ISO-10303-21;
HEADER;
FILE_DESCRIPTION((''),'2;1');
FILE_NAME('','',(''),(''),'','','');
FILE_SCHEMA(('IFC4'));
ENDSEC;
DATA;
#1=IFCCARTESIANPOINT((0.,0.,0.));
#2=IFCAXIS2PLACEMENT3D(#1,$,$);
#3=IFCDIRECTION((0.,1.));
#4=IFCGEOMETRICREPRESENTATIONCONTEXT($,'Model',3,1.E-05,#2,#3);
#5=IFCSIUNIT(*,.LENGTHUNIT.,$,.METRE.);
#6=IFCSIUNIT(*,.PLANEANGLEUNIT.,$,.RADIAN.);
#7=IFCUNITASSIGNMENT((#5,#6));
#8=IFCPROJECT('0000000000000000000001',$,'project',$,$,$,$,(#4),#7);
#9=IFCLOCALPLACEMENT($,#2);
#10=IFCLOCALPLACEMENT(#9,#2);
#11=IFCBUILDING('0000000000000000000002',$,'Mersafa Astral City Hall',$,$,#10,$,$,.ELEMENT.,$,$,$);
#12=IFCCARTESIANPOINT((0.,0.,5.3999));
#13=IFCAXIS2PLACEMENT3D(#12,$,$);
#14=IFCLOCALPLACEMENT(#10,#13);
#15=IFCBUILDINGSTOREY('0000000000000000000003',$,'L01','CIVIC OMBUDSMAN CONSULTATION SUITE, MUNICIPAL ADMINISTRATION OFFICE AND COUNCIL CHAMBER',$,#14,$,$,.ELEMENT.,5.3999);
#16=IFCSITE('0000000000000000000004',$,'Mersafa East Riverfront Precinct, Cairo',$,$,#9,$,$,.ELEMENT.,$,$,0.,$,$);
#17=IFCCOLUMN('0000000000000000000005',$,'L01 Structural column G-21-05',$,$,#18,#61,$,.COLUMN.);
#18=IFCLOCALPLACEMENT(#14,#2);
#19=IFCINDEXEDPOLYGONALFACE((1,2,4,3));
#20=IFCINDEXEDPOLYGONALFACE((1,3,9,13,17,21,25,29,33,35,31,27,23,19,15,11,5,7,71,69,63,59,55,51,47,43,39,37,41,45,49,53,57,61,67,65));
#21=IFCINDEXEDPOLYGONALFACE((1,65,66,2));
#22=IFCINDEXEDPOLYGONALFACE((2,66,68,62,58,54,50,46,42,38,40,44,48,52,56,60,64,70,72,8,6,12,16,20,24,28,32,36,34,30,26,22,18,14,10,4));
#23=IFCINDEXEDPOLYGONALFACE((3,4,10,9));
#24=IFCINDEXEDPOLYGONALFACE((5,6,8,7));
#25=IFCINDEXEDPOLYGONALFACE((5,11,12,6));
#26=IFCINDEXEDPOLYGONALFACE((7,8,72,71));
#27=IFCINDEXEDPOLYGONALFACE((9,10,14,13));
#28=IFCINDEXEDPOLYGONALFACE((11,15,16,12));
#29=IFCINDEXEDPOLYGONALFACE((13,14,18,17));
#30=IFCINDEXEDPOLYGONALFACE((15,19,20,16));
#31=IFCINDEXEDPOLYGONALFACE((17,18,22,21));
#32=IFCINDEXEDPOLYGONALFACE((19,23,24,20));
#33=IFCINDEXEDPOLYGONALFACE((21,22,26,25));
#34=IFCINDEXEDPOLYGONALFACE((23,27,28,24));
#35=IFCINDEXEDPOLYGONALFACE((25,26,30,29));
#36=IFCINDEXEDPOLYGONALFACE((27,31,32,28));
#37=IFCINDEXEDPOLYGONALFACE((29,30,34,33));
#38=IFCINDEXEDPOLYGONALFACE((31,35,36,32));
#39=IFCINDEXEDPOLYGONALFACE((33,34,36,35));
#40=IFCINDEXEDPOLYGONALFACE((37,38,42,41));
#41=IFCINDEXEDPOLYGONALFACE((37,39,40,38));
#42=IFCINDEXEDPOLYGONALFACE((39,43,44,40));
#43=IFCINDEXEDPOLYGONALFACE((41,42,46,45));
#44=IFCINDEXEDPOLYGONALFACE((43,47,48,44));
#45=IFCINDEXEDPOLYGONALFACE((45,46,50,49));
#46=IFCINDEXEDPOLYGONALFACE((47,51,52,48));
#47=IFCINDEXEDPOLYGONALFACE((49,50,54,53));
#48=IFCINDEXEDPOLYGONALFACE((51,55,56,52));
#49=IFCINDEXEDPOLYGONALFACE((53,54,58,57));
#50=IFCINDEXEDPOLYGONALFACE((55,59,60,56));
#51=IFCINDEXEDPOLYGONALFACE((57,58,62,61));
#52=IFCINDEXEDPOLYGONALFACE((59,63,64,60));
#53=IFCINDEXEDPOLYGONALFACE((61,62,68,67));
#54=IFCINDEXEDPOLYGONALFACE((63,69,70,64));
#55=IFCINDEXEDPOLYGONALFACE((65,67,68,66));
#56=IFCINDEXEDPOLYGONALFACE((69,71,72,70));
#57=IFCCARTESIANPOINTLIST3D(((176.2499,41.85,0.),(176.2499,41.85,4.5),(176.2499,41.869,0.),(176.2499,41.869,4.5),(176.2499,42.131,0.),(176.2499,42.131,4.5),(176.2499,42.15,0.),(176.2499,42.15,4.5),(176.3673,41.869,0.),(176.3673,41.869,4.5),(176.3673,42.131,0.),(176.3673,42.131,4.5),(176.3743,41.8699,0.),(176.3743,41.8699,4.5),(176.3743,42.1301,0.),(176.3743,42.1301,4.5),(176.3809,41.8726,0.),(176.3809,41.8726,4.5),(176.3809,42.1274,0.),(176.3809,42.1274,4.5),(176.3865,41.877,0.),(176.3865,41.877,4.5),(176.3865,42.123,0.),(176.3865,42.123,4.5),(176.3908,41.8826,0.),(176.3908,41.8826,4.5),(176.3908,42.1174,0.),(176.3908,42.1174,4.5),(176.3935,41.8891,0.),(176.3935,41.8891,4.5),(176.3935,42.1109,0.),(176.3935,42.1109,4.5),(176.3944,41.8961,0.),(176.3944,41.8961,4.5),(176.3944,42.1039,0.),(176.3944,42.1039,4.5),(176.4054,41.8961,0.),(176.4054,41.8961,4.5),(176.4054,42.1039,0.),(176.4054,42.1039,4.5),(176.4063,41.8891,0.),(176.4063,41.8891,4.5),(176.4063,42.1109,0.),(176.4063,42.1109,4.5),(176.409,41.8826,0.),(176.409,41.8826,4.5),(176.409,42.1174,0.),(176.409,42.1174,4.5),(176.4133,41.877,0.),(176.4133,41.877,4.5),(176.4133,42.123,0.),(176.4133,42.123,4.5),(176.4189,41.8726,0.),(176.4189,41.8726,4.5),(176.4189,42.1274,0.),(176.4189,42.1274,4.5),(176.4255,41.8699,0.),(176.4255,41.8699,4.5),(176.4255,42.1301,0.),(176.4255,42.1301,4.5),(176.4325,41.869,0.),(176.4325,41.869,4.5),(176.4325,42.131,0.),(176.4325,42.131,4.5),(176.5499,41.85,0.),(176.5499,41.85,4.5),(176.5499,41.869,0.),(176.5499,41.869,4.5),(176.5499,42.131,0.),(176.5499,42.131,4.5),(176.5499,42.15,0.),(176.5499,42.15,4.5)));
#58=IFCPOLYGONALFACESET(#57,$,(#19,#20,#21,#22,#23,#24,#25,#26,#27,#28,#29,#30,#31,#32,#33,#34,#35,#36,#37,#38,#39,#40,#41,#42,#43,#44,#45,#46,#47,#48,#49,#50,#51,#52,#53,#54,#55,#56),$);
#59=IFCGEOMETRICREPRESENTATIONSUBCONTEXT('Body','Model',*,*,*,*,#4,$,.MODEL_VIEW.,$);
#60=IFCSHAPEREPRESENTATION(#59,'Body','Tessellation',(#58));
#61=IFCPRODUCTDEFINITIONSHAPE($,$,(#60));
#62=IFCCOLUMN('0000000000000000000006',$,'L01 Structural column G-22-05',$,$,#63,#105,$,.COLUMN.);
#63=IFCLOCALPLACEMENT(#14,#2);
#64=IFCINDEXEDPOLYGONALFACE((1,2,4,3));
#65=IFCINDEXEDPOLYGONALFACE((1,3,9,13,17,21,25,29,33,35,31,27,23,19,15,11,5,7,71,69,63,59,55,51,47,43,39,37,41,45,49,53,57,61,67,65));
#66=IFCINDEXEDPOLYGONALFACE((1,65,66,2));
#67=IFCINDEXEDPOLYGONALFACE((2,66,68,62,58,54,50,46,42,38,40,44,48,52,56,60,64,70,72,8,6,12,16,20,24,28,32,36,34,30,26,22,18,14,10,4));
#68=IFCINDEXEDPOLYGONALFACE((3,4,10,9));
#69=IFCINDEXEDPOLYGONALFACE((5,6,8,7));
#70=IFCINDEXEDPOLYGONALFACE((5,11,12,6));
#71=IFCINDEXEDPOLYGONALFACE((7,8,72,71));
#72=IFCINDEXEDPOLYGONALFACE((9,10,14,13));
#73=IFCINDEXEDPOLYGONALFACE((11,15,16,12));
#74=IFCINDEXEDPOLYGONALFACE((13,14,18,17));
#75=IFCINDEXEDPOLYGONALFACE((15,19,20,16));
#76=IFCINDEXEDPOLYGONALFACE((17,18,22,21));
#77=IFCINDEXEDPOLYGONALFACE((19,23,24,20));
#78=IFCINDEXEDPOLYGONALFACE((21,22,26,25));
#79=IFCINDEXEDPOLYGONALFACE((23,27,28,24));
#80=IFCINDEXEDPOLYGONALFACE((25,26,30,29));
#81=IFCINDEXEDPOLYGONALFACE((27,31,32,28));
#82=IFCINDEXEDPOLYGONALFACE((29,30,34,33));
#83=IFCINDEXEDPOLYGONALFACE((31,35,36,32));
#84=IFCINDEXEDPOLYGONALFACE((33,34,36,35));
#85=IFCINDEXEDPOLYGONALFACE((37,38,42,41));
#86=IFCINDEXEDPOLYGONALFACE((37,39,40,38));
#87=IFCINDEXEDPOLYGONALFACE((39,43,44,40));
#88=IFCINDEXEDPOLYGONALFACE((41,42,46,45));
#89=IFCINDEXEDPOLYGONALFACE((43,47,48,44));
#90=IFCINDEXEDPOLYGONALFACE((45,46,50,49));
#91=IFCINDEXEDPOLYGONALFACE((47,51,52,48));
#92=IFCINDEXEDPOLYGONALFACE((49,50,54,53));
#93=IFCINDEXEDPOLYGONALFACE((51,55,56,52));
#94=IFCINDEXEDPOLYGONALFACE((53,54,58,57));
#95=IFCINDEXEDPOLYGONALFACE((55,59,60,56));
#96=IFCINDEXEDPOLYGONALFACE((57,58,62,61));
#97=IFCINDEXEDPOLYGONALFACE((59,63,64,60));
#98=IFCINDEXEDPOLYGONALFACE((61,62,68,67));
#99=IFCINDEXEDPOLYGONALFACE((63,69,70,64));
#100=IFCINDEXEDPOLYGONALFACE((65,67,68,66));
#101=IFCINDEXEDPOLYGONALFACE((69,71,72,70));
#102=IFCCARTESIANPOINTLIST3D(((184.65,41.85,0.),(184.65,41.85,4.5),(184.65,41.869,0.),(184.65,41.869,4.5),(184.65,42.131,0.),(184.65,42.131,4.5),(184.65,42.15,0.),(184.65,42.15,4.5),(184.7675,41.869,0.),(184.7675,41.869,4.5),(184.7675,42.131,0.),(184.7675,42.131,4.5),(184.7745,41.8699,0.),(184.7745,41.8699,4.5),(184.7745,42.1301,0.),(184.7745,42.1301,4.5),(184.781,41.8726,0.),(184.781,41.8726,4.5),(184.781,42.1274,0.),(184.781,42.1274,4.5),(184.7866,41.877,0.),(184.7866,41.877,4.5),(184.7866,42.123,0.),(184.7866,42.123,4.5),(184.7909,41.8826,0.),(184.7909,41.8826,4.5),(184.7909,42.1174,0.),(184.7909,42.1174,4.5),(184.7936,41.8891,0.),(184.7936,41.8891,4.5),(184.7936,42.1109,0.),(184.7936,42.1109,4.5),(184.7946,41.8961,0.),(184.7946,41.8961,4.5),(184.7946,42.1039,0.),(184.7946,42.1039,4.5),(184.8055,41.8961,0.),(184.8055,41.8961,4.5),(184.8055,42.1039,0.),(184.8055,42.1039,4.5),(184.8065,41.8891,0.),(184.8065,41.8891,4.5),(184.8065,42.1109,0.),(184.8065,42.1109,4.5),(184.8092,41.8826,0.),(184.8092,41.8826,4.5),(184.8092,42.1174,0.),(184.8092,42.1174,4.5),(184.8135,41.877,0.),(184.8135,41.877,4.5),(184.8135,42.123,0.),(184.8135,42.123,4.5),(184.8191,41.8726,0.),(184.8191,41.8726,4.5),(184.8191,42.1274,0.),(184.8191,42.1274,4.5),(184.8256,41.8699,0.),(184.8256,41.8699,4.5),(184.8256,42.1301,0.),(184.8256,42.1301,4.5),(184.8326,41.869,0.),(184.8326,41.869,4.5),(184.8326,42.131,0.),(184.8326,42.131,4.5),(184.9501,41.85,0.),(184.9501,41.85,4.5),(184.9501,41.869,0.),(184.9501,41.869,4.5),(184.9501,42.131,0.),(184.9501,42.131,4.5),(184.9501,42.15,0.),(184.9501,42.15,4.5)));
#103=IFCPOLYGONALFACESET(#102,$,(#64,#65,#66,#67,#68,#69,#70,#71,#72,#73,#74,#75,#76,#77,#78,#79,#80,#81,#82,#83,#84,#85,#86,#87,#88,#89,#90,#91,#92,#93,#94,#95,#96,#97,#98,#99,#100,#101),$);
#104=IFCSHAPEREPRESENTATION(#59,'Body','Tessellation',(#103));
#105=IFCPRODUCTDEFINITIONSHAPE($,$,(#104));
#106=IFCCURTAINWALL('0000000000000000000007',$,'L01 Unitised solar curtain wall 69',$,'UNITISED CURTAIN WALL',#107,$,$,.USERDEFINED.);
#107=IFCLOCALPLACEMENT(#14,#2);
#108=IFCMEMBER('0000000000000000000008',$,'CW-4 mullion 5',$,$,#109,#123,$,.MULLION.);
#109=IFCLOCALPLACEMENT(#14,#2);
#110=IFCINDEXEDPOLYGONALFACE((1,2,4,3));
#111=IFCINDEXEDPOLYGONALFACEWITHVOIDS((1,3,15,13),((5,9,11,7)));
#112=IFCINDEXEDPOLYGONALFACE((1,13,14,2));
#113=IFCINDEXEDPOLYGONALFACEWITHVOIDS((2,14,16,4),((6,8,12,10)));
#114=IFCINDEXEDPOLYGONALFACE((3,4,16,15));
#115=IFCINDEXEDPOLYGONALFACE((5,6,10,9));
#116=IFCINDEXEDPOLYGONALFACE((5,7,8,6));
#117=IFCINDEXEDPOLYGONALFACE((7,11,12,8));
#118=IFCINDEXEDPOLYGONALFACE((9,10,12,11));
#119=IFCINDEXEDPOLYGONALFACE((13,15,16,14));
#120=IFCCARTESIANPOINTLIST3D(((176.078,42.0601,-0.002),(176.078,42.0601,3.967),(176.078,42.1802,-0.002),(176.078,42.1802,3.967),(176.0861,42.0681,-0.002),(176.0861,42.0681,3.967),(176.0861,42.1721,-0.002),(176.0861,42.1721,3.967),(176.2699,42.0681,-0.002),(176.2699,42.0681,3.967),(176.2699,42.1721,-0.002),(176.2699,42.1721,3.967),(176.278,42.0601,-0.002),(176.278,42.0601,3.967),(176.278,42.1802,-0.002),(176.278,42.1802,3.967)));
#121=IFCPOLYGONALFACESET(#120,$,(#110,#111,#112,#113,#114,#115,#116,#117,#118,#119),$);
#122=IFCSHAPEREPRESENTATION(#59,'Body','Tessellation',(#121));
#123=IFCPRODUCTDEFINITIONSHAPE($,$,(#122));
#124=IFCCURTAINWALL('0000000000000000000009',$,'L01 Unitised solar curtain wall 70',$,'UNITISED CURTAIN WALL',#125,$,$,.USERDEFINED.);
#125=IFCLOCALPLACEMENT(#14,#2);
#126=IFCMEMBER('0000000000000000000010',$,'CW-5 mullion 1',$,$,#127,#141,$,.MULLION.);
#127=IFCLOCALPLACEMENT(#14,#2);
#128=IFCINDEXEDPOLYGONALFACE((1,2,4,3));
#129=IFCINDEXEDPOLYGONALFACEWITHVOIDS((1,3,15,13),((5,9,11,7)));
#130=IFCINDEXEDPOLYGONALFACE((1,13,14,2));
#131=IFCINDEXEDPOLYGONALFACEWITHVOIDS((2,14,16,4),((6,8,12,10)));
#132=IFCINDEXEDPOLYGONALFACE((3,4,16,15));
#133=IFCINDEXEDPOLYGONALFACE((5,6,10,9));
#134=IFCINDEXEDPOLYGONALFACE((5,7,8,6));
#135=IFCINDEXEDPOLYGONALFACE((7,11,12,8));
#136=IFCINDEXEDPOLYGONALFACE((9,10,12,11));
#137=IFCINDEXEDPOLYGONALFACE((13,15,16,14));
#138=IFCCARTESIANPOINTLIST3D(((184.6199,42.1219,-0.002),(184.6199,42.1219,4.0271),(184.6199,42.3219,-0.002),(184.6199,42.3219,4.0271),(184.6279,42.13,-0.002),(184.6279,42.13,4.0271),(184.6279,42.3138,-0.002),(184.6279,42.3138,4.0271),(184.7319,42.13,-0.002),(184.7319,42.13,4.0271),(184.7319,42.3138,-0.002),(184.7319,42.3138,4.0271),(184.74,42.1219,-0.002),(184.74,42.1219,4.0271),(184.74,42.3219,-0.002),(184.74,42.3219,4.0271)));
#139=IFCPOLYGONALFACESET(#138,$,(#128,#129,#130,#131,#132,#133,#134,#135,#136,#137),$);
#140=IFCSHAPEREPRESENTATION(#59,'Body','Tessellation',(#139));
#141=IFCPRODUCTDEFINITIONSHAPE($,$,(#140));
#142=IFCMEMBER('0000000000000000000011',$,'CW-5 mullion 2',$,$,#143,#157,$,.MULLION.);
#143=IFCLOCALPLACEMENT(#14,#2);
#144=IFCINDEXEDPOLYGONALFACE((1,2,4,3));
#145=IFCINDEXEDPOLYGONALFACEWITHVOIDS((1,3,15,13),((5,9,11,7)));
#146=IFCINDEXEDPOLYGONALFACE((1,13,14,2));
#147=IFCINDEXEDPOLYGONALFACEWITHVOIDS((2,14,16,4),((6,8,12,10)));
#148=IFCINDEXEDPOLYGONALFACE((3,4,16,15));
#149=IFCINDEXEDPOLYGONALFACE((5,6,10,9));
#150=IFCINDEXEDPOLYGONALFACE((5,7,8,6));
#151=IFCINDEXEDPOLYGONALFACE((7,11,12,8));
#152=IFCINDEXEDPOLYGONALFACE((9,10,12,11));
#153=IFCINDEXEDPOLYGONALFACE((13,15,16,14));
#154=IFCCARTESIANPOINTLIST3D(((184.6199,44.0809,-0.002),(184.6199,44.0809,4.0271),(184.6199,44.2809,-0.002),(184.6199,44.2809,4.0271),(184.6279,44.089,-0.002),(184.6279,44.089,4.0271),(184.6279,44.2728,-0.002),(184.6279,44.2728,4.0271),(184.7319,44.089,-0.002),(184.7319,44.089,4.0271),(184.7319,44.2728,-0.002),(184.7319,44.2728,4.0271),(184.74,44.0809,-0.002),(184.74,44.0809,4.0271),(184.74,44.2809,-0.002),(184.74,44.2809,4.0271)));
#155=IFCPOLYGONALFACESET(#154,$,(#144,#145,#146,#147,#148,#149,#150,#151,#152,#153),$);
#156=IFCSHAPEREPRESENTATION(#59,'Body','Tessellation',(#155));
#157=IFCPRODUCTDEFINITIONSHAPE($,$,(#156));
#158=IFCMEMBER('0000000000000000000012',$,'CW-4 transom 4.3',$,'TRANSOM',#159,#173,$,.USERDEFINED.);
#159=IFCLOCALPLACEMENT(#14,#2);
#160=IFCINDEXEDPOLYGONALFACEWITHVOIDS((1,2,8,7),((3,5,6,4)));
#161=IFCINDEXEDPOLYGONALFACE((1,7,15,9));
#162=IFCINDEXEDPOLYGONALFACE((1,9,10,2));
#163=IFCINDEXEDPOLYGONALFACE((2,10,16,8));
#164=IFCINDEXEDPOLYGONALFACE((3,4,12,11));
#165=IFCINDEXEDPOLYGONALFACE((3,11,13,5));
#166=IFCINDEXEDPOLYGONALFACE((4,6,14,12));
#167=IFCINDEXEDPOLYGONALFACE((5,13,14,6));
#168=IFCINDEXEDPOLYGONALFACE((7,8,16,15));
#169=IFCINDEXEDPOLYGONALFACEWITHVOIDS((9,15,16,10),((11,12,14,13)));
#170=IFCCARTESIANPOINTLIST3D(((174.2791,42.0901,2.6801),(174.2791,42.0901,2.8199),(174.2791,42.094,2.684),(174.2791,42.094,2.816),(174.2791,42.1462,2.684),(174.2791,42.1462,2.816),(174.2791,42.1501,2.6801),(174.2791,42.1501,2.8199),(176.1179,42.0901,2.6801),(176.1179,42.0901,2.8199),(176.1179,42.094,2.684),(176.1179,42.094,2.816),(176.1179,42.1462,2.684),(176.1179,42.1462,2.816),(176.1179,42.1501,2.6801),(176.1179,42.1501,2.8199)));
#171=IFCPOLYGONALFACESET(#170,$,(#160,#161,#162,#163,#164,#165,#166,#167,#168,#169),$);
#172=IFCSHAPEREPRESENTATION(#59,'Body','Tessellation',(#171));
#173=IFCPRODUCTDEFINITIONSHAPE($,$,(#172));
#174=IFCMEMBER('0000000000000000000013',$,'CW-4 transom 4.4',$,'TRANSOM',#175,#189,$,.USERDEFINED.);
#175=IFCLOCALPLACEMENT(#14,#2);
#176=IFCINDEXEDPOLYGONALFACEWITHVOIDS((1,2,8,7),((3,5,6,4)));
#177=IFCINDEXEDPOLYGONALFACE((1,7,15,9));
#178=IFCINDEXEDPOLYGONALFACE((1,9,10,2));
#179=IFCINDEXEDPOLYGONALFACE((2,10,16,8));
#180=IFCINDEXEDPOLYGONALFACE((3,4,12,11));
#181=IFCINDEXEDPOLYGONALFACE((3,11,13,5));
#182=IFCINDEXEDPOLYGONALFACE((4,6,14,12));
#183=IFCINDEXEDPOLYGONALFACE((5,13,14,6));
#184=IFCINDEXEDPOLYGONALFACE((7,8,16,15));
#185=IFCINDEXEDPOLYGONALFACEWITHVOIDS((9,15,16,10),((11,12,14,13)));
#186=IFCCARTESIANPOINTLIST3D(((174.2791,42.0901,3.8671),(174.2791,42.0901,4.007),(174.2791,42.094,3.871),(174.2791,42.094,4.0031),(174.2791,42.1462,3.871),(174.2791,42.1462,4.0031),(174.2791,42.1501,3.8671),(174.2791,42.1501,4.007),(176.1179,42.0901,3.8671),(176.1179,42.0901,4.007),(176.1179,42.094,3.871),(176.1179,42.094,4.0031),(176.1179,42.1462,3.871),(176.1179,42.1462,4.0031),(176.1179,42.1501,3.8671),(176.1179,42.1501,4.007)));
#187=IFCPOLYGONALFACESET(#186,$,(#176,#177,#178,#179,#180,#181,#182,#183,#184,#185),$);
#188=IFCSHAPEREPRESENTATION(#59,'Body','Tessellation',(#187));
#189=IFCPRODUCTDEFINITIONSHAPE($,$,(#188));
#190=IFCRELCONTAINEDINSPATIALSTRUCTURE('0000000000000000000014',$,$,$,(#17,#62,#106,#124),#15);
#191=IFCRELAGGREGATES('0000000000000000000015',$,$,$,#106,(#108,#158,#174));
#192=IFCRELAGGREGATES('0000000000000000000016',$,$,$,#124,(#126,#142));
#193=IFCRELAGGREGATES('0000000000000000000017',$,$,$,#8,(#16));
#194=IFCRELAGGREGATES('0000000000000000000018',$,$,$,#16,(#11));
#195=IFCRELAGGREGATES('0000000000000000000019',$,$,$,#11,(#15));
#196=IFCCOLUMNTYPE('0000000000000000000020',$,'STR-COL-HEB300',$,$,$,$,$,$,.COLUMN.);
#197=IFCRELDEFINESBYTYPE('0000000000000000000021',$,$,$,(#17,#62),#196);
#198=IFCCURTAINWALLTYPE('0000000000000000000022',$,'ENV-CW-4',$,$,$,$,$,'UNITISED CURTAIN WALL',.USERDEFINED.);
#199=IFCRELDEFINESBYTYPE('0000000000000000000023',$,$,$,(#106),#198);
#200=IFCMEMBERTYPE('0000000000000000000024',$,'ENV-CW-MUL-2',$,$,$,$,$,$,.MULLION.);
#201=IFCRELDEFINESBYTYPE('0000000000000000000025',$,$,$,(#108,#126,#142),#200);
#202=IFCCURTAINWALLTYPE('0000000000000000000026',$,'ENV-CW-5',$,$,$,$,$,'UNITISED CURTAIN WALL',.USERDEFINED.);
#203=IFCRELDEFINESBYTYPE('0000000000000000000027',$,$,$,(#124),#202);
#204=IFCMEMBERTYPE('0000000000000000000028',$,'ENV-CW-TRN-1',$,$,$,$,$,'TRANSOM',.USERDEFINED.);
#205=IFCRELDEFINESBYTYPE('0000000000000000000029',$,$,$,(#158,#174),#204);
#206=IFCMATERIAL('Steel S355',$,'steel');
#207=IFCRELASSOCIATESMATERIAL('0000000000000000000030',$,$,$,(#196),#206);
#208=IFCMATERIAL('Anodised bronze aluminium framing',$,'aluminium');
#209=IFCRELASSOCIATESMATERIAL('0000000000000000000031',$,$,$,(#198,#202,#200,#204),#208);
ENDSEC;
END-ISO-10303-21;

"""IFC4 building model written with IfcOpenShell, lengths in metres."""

from ifc_helpers import new_model, si_unit, direction, frame, origin, origin_2d, place, context, subcontext, project, spatial, hollow_rectangle, i_section, extrude, material, material_profile, profile_set, type_object, element, aggregate, save


model = new_model("IFC4")

# Units and contexts
model_context = context("Model", 3, precision=1e-05, world=origin(), true_north=direction((0.0, 1.0)))
body_context = subcontext(model_context, "Body", "Model", "MODEL_VIEW")
ifc_project = project(units=[si_unit("LENGTHUNIT", "METRE"), si_unit("PLANEANGLEUNIT", "RADIAN")], contexts=[model_context])

# Site, building, storey
site_placement = place(None, origin())
site = spatial("IfcSite", under=ifc_project, at=site_placement, Name="Mersafa East Riverfront Precinct, Cairo", CompositionType="ELEMENT", RefElevation=0.0)
building_placement = place(site_placement, origin())
building = spatial("IfcBuilding", under=site, at=building_placement, Name="Mersafa Astral City Hall", CompositionType="ELEMENT")
storey_placement = place(building_placement, frame((0.0, 0.0, 5.3999)))
storey = spatial("IfcBuildingStorey", under=building, at=storey_placement, Name="L01", Description="CIVIC OMBUDSMAN CONSULTATION SUITE, MUNICIPAL ADMINISTRATION OFFICE AND COUNCIL CHAMBER", CompositionType="ELEMENT", Elevation=5.3999)

# Columns
ifc_material_1 = material(Name="Steel S355", Category="steel")
ifc_material_profile_1 = material_profile(ifc_material_1, i_section(OverallWidth=0.3, OverallDepth=0.3, WebThickness=0.011, FlangeThickness=0.019, FilletRadius=0.0271, at=origin_2d()), Name="HEB 300")
ifc_profile_set_1 = profile_set([ifc_material_profile_1], Name="Steel S355")
column_type = type_object("IfcColumnType", Name="STR-COL-HEB300", PredefinedType="COLUMN", material=ifc_profile_set_1)
for number, where, z_axis, x_axis, name in (
    (1, (176.3999, 42.0, 0.0), (0.0, 0.0, 1.0), (1.0, 0.0, 0.0), "L01 Structural column G-21-05"),
    (2, (184.8, 42.0, 0.0), (0.0, 0.0, 1.0), (1.0, 0.0, 0.0), "L01 Structural column G-22-05"),
):
    element("IfcColumn", number, at=place(storey_placement, frame(where, z_axis=z_axis, x_axis=x_axis)), inside=storey, type_object=column_type, Name=name, PredefinedType="COLUMN", context=body_context, shape_type="SweptSolid", body=[
        extrude(i_section(OverallWidth=0.3, OverallDepth=0.3, WebThickness=0.011, FlangeThickness=0.019, FilletRadius=0.0271, at=origin_2d()), origin(), (0.0, 0.0, 1.0), 4.5),
    ])

# Curtain wall, member
ifc_material_2 = material(Name="Anodised bronze aluminium framing", Category="aluminium")
curtain_wall_type_1 = type_object("IfcCurtainWallType", Name="ENV-CW-4", ElementType="UNITISED CURTAIN WALL", PredefinedType="USERDEFINED", material=ifc_material_2)
curtain_wall_1_placement = place(storey_placement, origin())
curtain_wall_1 = element("IfcCurtainWall", 3, at=curtain_wall_1_placement, inside=storey, type_object=curtain_wall_type_1, Name="L01 Unitised solar curtain wall 69", ObjectType="UNITISED CURTAIN WALL", PredefinedType="USERDEFINED")
ifc_material_profile_2 = material_profile(ifc_material_2, hollow_rectangle(XDim=0.1201, YDim=0.2, WallThickness=0.0081, at=origin_2d()), Name="RHS 120x200x8")
ifc_profile_set_2 = profile_set([ifc_material_profile_2], Name="Anodised bronze aluminium framing")
member_type_1 = type_object("IfcMemberType", Name="ENV-CW-MUL-2", PredefinedType="MULLION", material=ifc_profile_set_2)
member_1_placement = place(storey_placement, frame((176.178, 42.1201, -0.002), z_axis=(0.0, 0.0, 1.0), x_axis=(0.0, 1.0, 0.0)))
member_1 = element("IfcMember", 4, at=member_1_placement, type_object=member_type_1, Name="CW-4 mullion 5", PredefinedType="MULLION", context=body_context, shape_type="SweptSolid", body=[
    extrude(hollow_rectangle(XDim=0.1201, YDim=0.2, WallThickness=0.0081, at=origin_2d()), origin(), (0.0, 0.0, 1.0), 3.969),
])

# Curtain wall, members
curtain_wall_type_2 = type_object("IfcCurtainWallType", Name="ENV-CW-5", ElementType="UNITISED CURTAIN WALL", PredefinedType="USERDEFINED", material=ifc_material_2)
curtain_wall_2_placement = place(storey_placement, origin())
curtain_wall_2 = element("IfcCurtainWall", 5, at=curtain_wall_2_placement, inside=storey, type_object=curtain_wall_type_2, Name="L01 Unitised solar curtain wall 70", ObjectType="UNITISED CURTAIN WALL", PredefinedType="USERDEFINED")
member_2_placement = place(storey_placement, frame((184.6799, 42.2219, -0.002), z_axis=(0.0, 0.0, 1.0), x_axis=(-1.0, 0.0, 0.0)))
member_2 = element("IfcMember", 6, at=member_2_placement, type_object=member_type_1, Name="CW-5 mullion 1", PredefinedType="MULLION", context=body_context, shape_type="SweptSolid", body=[
    extrude(hollow_rectangle(XDim=0.1201, YDim=0.2, WallThickness=0.0081, at=origin_2d()), origin(), (0.0, 0.0, 1.0), 4.0291),
])
member_3_placement = place(storey_placement, frame((184.6799, 44.1809, -0.002), z_axis=(0.0, 0.0, 1.0), x_axis=(-1.0, 0.0, 0.0)))
member_3 = element("IfcMember", 7, at=member_3_placement, type_object=member_type_1, Name="CW-5 mullion 2", PredefinedType="MULLION", context=body_context, shape_type="SweptSolid", body=[
    extrude(hollow_rectangle(XDim=0.1201, YDim=0.2, WallThickness=0.0081, at=origin_2d()), origin(), (0.0, 0.0, 1.0), 4.0291),
])

# Members
ifc_material_profile_3 = material_profile(ifc_material_2, hollow_rectangle(XDim=0.0601, YDim=0.1399, WallThickness=0.0039, at=origin_2d()), Name="RHS 60x140x4")
ifc_profile_set_3 = profile_set([ifc_material_profile_3], Name="Anodised bronze aluminium framing")
member_type_2 = type_object("IfcMemberType", Name="ENV-CW-TRN-1", ElementType="TRANSOM", PredefinedType="USERDEFINED", material=ifc_profile_set_3)
member_4_placement = place(storey_placement, frame((174.2791, 42.1201, 2.75), z_axis=(1.0, 0.0, 0.0), x_axis=(0.0, 1.0, 0.0)))
member_4 = element("IfcMember", 8, at=member_4_placement, type_object=member_type_2, Name="CW-4 transom 4.3", ObjectType="TRANSOM", PredefinedType="USERDEFINED", context=body_context, shape_type="SweptSolid", body=[
    extrude(hollow_rectangle(XDim=0.0601, YDim=0.1399, WallThickness=0.0039, at=origin_2d()), origin(), (0.0, 0.0, 1.0), 1.8389),
])
member_5_placement = place(storey_placement, frame((174.2791, 42.1201, 3.937), z_axis=(1.0, 0.0, 0.0), x_axis=(0.0, 1.0, 0.0)))
member_5 = element("IfcMember", 9, at=member_5_placement, type_object=member_type_2, Name="CW-4 transom 4.4", ObjectType="TRANSOM", PredefinedType="USERDEFINED", context=body_context, shape_type="SweptSolid", body=[
    extrude(hollow_rectangle(XDim=0.0601, YDim=0.1399, WallThickness=0.0039, at=origin_2d()), origin(), (0.0, 0.0, 1.0), 1.8389),
])

aggregate(curtain_wall_1, [member_1, member_4, member_5])
aggregate(curtain_wall_2, [member_2, member_3])

save(model, "model.ifc")
